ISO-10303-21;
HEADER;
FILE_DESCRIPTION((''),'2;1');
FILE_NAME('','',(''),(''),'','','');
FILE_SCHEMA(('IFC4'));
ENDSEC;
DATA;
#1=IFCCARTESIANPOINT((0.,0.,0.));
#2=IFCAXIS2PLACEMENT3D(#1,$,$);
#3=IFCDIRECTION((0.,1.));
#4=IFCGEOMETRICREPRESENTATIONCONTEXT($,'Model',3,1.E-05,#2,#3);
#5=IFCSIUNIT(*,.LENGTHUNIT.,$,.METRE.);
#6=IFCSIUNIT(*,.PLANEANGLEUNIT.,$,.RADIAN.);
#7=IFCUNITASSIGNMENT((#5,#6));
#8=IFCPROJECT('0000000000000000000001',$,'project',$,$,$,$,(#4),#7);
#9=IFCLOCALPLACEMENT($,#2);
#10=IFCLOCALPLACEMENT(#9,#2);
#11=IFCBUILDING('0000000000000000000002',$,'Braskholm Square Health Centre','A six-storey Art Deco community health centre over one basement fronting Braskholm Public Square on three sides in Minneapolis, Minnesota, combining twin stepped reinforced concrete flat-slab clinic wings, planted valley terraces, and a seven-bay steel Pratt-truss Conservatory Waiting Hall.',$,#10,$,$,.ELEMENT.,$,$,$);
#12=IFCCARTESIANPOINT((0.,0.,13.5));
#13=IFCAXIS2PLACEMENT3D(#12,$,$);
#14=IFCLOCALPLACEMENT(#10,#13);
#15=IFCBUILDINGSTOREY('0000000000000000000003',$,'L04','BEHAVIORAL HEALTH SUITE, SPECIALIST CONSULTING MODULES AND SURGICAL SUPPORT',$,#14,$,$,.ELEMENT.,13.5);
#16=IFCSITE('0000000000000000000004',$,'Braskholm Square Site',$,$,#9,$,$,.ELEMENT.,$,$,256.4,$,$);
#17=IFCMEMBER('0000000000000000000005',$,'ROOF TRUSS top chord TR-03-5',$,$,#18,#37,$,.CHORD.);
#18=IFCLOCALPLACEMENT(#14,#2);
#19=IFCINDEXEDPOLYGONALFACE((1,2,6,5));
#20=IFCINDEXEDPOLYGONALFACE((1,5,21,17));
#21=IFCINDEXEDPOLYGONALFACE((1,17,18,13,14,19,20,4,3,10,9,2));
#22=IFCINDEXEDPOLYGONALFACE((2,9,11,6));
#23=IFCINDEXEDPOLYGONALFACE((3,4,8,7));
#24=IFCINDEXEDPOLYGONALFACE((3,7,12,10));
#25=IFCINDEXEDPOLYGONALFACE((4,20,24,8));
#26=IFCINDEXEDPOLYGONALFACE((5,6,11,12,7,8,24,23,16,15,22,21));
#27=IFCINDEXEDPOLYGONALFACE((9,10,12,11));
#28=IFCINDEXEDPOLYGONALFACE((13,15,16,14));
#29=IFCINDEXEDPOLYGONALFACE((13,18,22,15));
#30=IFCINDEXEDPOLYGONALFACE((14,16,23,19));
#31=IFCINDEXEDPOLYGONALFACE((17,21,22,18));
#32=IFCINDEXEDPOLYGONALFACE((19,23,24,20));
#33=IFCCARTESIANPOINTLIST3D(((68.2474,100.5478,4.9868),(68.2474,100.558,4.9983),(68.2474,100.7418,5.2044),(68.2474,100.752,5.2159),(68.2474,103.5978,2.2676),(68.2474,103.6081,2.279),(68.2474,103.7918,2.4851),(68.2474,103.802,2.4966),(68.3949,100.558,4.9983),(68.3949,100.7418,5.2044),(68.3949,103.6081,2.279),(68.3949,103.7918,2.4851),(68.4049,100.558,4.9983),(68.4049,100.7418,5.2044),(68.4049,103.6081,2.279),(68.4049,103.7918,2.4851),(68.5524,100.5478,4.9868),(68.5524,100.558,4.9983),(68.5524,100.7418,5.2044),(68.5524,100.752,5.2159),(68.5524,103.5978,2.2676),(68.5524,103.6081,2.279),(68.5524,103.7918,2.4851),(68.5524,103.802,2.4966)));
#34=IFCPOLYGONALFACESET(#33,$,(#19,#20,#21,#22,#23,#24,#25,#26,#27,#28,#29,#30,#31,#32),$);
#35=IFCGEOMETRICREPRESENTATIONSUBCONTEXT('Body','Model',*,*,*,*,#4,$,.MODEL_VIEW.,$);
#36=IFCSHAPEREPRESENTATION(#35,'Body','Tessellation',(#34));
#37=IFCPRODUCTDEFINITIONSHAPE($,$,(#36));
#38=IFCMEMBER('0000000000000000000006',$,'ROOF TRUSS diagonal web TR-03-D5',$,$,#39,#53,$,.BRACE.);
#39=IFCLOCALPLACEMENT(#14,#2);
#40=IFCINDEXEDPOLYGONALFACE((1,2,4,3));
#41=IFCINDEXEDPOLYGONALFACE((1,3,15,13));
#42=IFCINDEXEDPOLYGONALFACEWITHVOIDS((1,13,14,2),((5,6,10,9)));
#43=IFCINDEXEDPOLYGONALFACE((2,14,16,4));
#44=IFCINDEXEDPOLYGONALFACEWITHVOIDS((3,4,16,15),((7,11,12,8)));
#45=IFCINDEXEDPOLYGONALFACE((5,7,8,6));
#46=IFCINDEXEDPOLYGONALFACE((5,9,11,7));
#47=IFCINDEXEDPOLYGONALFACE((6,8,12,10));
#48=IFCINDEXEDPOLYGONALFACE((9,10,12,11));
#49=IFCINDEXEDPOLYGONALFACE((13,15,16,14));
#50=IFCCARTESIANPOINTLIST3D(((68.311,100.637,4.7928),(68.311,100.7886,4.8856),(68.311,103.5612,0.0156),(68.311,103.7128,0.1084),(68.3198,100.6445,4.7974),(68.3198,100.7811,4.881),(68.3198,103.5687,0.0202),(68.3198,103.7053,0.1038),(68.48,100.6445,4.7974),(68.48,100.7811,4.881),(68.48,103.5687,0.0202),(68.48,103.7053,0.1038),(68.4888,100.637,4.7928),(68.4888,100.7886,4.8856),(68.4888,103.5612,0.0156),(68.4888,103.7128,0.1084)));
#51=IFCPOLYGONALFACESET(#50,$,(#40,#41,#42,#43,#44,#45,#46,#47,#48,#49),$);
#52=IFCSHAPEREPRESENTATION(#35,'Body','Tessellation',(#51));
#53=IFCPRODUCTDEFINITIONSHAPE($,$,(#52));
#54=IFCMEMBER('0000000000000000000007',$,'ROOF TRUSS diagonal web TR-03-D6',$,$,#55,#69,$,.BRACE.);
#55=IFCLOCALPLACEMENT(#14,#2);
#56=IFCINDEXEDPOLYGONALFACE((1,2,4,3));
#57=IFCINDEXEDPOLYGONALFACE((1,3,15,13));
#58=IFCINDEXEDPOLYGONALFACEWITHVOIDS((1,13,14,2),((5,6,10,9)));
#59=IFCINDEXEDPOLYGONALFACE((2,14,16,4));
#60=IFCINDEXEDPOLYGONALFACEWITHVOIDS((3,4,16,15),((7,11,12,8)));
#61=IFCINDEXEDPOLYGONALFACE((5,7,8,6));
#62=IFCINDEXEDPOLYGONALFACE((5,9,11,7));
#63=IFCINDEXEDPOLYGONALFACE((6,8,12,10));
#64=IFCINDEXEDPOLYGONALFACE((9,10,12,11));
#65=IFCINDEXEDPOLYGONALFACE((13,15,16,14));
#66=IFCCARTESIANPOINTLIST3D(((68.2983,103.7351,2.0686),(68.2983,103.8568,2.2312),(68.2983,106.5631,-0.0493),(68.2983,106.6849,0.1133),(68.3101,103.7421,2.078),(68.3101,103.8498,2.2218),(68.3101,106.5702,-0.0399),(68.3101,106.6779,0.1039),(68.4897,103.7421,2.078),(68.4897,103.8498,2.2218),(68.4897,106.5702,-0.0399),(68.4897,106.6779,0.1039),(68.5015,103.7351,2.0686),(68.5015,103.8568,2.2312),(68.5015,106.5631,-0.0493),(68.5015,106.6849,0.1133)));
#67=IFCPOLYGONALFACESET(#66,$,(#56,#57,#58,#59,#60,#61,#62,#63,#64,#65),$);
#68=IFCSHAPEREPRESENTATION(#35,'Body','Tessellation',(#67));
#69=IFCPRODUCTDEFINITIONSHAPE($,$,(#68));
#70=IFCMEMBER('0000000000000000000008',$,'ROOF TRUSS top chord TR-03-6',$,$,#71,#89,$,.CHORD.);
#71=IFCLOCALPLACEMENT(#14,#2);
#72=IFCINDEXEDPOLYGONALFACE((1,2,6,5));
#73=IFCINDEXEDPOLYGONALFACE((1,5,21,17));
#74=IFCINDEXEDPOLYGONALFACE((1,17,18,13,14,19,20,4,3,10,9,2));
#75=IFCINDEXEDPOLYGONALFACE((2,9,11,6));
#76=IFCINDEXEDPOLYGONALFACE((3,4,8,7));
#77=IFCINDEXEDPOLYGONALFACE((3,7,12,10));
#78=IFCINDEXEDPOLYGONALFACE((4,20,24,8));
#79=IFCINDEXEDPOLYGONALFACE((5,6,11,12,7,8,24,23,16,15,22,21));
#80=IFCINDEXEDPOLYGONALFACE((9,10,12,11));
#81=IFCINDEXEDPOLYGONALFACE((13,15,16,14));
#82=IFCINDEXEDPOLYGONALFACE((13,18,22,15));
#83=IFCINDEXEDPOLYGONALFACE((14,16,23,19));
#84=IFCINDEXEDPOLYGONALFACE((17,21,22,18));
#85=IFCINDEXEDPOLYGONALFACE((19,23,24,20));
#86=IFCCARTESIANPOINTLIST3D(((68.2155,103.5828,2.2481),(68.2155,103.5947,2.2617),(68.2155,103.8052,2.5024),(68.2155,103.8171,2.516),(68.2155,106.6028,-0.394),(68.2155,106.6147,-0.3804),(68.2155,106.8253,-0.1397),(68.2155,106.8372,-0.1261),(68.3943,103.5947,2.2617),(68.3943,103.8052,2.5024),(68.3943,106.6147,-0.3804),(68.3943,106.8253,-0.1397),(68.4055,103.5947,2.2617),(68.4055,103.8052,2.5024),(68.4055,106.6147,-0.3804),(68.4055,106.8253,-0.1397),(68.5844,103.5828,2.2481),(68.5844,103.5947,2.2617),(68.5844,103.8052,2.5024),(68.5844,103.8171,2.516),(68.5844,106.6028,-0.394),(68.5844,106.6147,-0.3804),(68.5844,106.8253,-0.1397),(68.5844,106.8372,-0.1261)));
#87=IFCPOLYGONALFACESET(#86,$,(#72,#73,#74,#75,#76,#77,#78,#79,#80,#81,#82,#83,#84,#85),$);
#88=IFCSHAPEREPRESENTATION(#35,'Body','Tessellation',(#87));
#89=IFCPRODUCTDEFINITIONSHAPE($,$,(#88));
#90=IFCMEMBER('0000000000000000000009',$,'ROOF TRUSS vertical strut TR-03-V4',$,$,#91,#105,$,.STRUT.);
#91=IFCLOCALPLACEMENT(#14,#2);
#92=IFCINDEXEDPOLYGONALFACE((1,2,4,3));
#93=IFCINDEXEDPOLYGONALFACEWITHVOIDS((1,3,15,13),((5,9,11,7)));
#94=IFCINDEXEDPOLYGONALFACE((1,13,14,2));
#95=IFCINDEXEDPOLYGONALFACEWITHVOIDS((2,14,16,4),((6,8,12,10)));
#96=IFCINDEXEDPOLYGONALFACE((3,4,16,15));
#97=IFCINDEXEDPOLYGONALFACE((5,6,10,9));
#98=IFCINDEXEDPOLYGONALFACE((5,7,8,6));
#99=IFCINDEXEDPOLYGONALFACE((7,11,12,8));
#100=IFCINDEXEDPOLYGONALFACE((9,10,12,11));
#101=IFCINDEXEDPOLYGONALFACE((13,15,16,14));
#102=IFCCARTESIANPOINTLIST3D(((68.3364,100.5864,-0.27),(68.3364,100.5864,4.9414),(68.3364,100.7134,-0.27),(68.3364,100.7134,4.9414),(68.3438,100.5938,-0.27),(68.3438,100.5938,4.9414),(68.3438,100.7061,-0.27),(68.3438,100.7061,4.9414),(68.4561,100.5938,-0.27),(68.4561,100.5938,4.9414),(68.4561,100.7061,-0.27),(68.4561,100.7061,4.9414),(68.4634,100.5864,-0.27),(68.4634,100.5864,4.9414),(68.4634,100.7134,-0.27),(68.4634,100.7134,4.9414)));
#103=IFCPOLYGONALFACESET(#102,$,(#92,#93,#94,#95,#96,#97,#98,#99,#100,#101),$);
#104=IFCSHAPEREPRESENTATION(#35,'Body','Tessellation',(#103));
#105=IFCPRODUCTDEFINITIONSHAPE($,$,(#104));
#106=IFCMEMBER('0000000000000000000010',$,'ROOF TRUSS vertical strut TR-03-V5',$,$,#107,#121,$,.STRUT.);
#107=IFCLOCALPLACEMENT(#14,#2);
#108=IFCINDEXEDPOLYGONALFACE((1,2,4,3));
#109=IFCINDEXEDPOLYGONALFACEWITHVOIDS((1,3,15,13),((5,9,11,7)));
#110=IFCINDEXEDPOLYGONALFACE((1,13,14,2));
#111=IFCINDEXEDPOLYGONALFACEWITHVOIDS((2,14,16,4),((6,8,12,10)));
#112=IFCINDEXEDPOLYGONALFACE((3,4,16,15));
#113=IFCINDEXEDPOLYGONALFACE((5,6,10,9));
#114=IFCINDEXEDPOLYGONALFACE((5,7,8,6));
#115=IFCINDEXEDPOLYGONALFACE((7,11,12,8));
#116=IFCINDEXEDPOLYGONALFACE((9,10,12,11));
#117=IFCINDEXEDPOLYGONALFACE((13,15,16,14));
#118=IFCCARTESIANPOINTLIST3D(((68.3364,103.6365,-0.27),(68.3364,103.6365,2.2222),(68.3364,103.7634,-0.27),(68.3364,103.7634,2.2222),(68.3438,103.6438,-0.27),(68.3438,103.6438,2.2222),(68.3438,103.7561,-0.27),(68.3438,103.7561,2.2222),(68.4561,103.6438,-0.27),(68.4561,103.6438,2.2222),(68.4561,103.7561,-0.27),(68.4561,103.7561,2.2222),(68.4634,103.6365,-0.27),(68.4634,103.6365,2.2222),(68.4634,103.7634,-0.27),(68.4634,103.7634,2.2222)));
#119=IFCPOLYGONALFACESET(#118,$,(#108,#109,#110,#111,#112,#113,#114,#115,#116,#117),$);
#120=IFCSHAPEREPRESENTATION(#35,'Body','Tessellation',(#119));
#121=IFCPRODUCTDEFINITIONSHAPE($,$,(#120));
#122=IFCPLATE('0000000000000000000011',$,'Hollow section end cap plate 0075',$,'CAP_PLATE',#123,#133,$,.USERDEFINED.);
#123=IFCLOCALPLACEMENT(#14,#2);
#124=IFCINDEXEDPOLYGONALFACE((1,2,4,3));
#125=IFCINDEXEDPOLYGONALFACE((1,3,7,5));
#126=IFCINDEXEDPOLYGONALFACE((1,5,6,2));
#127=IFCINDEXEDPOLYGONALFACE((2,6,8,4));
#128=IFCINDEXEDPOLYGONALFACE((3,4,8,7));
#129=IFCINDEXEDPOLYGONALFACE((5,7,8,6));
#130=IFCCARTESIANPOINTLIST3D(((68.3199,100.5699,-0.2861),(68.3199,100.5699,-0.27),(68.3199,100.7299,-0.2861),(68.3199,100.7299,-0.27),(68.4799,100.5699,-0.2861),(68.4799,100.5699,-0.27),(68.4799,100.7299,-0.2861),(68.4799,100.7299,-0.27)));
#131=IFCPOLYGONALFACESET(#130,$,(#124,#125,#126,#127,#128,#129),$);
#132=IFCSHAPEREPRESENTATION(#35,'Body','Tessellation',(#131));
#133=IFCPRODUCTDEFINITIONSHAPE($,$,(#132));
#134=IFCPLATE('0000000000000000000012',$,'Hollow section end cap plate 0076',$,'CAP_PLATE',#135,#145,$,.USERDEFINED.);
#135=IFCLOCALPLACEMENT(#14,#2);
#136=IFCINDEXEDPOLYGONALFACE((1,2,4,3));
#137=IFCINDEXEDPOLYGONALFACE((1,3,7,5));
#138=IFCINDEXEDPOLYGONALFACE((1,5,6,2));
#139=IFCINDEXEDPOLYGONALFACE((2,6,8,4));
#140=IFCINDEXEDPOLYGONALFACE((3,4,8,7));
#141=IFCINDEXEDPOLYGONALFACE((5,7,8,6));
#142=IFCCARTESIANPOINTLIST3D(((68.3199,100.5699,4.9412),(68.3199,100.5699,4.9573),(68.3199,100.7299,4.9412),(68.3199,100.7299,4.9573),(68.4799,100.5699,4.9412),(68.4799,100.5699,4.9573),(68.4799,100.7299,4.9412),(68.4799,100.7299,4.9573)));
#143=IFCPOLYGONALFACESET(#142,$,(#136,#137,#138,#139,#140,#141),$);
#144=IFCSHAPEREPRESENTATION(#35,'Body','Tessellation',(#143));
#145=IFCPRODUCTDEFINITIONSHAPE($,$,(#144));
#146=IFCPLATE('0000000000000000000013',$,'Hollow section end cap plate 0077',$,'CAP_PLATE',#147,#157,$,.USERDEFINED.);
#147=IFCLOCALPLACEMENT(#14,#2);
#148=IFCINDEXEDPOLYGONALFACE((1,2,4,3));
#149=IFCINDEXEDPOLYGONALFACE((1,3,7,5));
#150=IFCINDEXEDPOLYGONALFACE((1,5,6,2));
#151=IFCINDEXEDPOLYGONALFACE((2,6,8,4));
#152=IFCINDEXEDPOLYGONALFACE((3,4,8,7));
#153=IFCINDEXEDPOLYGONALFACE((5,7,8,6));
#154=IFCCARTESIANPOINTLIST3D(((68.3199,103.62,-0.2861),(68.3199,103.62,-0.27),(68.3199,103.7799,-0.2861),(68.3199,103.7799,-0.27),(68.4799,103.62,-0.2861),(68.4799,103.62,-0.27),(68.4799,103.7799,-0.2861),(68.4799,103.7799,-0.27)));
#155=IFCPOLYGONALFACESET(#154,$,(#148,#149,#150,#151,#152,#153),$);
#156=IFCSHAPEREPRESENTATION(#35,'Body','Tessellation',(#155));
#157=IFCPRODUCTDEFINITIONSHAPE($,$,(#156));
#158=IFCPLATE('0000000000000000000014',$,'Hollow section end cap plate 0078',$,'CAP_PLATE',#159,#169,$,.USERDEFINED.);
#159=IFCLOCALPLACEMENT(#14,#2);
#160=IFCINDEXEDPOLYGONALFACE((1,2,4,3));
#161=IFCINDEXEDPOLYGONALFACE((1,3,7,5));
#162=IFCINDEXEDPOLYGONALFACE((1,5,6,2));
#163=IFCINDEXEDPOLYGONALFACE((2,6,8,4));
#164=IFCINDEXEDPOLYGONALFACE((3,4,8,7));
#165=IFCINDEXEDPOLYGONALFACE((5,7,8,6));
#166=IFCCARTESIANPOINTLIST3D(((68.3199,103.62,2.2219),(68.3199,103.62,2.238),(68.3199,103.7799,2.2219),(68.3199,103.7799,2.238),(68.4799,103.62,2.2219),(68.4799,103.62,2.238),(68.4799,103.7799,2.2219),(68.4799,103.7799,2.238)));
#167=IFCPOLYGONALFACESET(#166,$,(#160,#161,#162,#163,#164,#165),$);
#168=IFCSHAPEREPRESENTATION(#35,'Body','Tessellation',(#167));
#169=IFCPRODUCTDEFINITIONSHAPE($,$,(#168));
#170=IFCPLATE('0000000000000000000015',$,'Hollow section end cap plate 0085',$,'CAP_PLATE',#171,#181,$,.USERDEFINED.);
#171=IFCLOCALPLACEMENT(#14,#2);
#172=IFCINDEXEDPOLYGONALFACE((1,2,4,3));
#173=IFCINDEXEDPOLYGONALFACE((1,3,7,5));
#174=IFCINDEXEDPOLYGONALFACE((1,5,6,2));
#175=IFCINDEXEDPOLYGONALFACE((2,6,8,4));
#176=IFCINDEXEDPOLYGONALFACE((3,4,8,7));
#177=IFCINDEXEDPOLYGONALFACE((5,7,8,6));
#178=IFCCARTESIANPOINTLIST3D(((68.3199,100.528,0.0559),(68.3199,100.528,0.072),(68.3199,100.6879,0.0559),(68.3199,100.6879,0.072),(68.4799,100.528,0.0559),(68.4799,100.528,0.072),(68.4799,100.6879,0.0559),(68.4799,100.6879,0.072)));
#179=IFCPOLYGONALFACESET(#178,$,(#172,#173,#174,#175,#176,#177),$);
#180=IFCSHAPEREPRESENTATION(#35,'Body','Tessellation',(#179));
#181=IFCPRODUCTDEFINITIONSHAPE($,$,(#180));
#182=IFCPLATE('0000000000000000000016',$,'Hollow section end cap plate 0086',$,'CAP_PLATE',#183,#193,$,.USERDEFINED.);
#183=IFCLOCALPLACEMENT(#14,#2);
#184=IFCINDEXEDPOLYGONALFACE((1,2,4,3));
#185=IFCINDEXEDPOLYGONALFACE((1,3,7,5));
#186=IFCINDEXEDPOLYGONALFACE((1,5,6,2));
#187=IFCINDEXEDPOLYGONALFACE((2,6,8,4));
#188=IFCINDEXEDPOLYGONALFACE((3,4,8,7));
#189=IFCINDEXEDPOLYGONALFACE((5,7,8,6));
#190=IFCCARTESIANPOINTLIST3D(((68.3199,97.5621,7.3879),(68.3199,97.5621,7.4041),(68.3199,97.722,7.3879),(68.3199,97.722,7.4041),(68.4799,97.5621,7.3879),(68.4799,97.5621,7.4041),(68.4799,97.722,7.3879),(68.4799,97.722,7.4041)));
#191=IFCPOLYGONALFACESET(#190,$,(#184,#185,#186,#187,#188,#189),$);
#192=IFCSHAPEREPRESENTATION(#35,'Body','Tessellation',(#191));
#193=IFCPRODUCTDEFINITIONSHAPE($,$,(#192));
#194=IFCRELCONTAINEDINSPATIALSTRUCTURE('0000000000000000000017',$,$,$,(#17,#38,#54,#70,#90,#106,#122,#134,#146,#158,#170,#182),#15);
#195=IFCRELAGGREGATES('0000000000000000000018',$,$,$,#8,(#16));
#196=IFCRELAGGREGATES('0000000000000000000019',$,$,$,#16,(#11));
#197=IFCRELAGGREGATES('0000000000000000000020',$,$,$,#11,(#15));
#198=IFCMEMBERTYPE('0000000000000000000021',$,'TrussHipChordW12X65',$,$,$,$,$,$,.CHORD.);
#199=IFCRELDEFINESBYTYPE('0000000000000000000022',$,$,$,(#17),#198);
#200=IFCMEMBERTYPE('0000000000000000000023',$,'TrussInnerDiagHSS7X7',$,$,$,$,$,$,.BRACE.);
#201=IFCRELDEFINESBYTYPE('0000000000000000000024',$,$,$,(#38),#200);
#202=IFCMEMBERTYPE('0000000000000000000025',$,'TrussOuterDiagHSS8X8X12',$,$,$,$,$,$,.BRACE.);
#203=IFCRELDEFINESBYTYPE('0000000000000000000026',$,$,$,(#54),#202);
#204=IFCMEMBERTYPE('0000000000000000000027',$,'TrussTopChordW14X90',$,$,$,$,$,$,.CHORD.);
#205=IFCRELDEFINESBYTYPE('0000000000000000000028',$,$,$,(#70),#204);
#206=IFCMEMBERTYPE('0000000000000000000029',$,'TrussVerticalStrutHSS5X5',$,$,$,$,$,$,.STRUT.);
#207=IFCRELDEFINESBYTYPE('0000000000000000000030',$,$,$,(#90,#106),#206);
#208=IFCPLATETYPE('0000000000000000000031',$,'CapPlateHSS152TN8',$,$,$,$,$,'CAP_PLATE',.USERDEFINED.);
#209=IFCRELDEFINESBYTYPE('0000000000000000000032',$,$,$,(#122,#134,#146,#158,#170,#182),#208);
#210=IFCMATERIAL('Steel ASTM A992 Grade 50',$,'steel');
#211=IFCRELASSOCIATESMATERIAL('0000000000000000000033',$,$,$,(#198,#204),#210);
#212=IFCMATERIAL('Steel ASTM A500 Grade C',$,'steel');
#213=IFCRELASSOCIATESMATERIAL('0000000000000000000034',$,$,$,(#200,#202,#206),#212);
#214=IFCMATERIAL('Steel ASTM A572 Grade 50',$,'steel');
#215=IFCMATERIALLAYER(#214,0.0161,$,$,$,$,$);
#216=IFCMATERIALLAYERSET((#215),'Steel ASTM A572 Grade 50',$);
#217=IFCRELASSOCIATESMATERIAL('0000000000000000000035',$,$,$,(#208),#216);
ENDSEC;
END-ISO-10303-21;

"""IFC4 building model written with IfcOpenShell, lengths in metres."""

from ifc_helpers import new_model, si_unit, direction, frame, origin, origin_2d, place, context, subcontext, project, spatial, rectangle, hollow_rectangle, i_section, extrude, material, layer, layer_set, material_profile, profile_set, type_object, element, save


model = new_model("IFC4")

# Units and contexts
model_context = context("Model", 3, precision=1e-05, world=origin(), true_north=direction((0.0, 1.0)))
body_context = subcontext(model_context, "Body", "Model", "MODEL_VIEW")
ifc_project = project(units=[si_unit("LENGTHUNIT", "METRE"), si_unit("PLANEANGLEUNIT", "RADIAN")], contexts=[model_context])

# Site, building, storey
site_placement = place(None, origin())
site = spatial("IfcSite", under=ifc_project, at=site_placement, Name="Braskholm Square Site", CompositionType="ELEMENT", RefElevation=256.4)
building_placement = place(site_placement, origin())
building = spatial("IfcBuilding", under=site, at=building_placement, Name="Braskholm Square Health Centre", Description="A six-storey Art Deco community health centre over one basement fronting Braskholm Public Square on three sides in Minneapolis, Minnesota, combining twin stepped reinforced concrete flat-slab clinic wings, planted valley terraces, and a seven-bay steel Pratt-truss Conservatory Waiting Hall.", CompositionType="ELEMENT")
storey_placement = place(building_placement, frame((0.0, 0.0, 13.5)))
storey = spatial("IfcBuildingStorey", under=building, at=storey_placement, Name="L04", Description="BEHAVIORAL HEALTH SUITE, SPECIALIST CONSULTING MODULES AND SURGICAL SUPPORT", CompositionType="ELEMENT", Elevation=13.5)

# Shared definitions
ifc_material_1 = material(Name="Steel ASTM A992 Grade 50", Category="steel")

# Shared definitions
ifc_material_2 = material(Name="Steel ASTM A500 Grade C", Category="steel")

# Members
ifc_material_profile_1 = material_profile(ifc_material_1, i_section(OverallWidth=0.3049, OverallDepth=0.3069, WebThickness=0.01, FlangeThickness=0.0154, at=origin_2d()), Name="W12X65")
ifc_profile_set_1 = profile_set([ifc_material_profile_1], Name="Steel ASTM A992 Grade 50")
member_type_1 = type_object("IfcMemberType", Name="TrussHipChordW12X65", PredefinedType="CHORD", material=ifc_profile_set_1)
member_1_placement = place(storey_placement, frame((68.3999, 100.6499, 5.1013), z_axis=(0.0, 0.746426, -0.665468), x_axis=(-1.0, 0.0, 0.0)))
element("IfcMember", 1, at=member_1_placement, inside=storey, type_object=member_type_1, Name="ROOF TRUSS top chord TR-03-5", PredefinedType="CHORD", context=body_context, shape_type="SweptSolid", body=[
    extrude(i_section(OverallWidth=0.3049, OverallDepth=0.3069, WebThickness=0.01, FlangeThickness=0.0154, at=origin_2d()), origin(), (0.0, 0.0, 1.0), 4.0862),
])
ifc_material_profile_2 = material_profile(ifc_material_2, hollow_rectangle(XDim=0.1777, YDim=0.1777, WallThickness=0.0088, at=origin_2d()), Name="HSS7X7X3/8")
ifc_profile_set_2 = profile_set([ifc_material_profile_2], Name="Steel ASTM A500 Grade C")
member_type_2 = type_object("IfcMemberType", Name="TrussInnerDiagHSS7X7", PredefinedType="BRACE", material=ifc_profile_set_2)
member_2_placement = place(storey_placement, frame((68.3999, 103.637, 0.062), z_axis=(0.0, -0.522065, 0.852906), x_axis=(1.0, 0.0, 0.0)))
element("IfcMember", 2, at=member_2_placement, inside=storey, type_object=member_type_2, Name="ROOF TRUSS diagonal web TR-03-D5", PredefinedType="BRACE", context=body_context, shape_type="SweptSolid", body=[
    extrude(hollow_rectangle(XDim=0.1777, YDim=0.1777, WallThickness=0.0088, at=origin_2d()), origin(), (0.0, 0.0, 1.0), 5.6011),
])
ifc_material_profile_3 = material_profile(ifc_material_2, hollow_rectangle(XDim=0.2031, YDim=0.2031, WallThickness=0.0117, at=origin_2d()), Name="HSS8X8X1/2")
ifc_profile_set_3 = profile_set([ifc_material_profile_3], Name="Steel ASTM A500 Grade C")
member_type_3 = type_object("IfcMemberType", Name="TrussOuterDiagHSS8X8X12", PredefinedType="BRACE", material=ifc_profile_set_3)
member_3_placement = place(storey_placement, frame((68.3999, 106.624, 0.032), z_axis=(0.0, -0.800431, 0.599425), x_axis=(1.0, 0.0, 0.0)))
element("IfcMember", 3, at=member_3_placement, inside=storey, type_object=member_type_3, Name="ROOF TRUSS diagonal web TR-03-D6", PredefinedType="BRACE", context=body_context, shape_type="SweptSolid", body=[
    extrude(hollow_rectangle(XDim=0.2031, YDim=0.2031, WallThickness=0.0117, at=origin_2d()), origin(), (0.0, 0.0, 1.0), 3.5332),
])
ifc_material_profile_4 = material_profile(ifc_material_1, i_section(OverallWidth=0.3689, OverallDepth=0.356, WebThickness=0.0112, FlangeThickness=0.0181, at=origin_2d()), Name="W14X90")
ifc_profile_set_4 = profile_set([ifc_material_profile_4], Name="Steel ASTM A992 Grade 50")
member_type_4 = type_object("IfcMemberType", Name="TrussTopChordW14X90", PredefinedType="CHORD", material=ifc_profile_set_4)
member_4_placement = place(storey_placement, frame((68.3999, 103.7, 2.3821), z_axis=(0.0, 0.752629, -0.658444), x_axis=(-1.0, 0.0, 0.0)))
element("IfcMember", 4, at=member_4_placement, inside=storey, type_object=member_type_4, Name="ROOF TRUSS top chord TR-03-6", PredefinedType="CHORD", context=body_context, shape_type="SweptSolid", body=[
    extrude(i_section(OverallWidth=0.3689, OverallDepth=0.356, WebThickness=0.0112, FlangeThickness=0.0181, at=origin_2d()), origin(), (0.0, 0.0, 1.0), 4.0127),
])
ifc_material_profile_5 = material_profile(ifc_material_2, hollow_rectangle(XDim=0.127, YDim=0.127, WallThickness=0.0073, at=origin_2d()), Name="HSS5X5X5/16")
ifc_profile_set_5 = profile_set([ifc_material_profile_5], Name="Steel ASTM A500 Grade C")
member_type_5 = type_object("IfcMemberType", Name="TrussVerticalStrutHSS5X5", PredefinedType="STRUT", material=ifc_profile_set_5)
member_5_placement = place(storey_placement, frame((68.3999, 100.6499, -0.27), z_axis=(0.0, 0.0, 1.0), x_axis=(1.0, 0.0, 0.0)))
element("IfcMember", 5, at=member_5_placement, inside=storey, type_object=member_type_5, Name="ROOF TRUSS vertical strut TR-03-V4", PredefinedType="STRUT", context=body_context, shape_type="SweptSolid", body=[
    extrude(hollow_rectangle(XDim=0.127, YDim=0.127, WallThickness=0.0073, at=origin_2d()), origin(), (0.0, 0.0, 1.0), 5.2114),
])
member_6_placement = place(storey_placement, frame((68.3999, 103.7, -0.27), z_axis=(0.0, 0.0, 1.0), x_axis=(1.0, 0.0, 0.0)))
element("IfcMember", 6, at=member_6_placement, inside=storey, type_object=member_type_5, Name="ROOF TRUSS vertical strut TR-03-V5", PredefinedType="STRUT", context=body_context, shape_type="SweptSolid", body=[
    extrude(hollow_rectangle(XDim=0.127, YDim=0.127, WallThickness=0.0073, at=origin_2d()), origin(), (0.0, 0.0, 1.0), 2.4922),
])

# Plates
ifc_material_3 = material(Name="Steel ASTM A572 Grade 50", Category="steel")
ifc_layer_1 = layer(ifc_material_3, 0.0161)
ifc_layer_set_1 = layer_set([ifc_layer_1], Name="Steel ASTM A572 Grade 50")
plate_type_1 = type_object("IfcPlateType", Name="CapPlateHSS152TN8", ElementType="CAP_PLATE", PredefinedType="USERDEFINED", material=ifc_layer_set_1)
for number, where, z_axis, x_axis, name in (
    (7, (68.3999, 100.6499, -0.2861), (0.0, 0.0, 1.0), (1.0, 0.0, 0.0), "Hollow section end cap plate 0075"),
    (8, (68.3999, 100.6499, 4.9412), (0.0, 0.0, 1.0), (1.0, 0.0, 0.0), "Hollow section end cap plate 0076"),
    (9, (68.3999, 103.7, -0.2861), (0.0, 0.0, 1.0), (1.0, 0.0, 0.0), "Hollow section end cap plate 0077"),
    (10, (68.3999, 103.7, 2.2219), (0.0, 0.0, 1.0), (1.0, 0.0, 0.0), "Hollow section end cap plate 0078"),
    (11, (68.3999, 100.6079, 0.0559), (0.0, 0.0, 1.0), (1.0, 0.0, 0.0), "Hollow section end cap plate 0085"),
    (12, (68.3999, 97.6421, 7.3879), (0.0, 0.0, 1.0), (1.0, 0.0, 0.0), "Hollow section end cap plate 0086"),
):
    element("IfcPlate", number, at=place(storey_placement, frame(where, z_axis=z_axis, x_axis=x_axis)), inside=storey, type_object=plate_type_1, Name=name, ObjectType="CAP_PLATE", PredefinedType="USERDEFINED", context=body_context, shape_type="SweptSolid", body=[
        extrude(rectangle(XDim=0.1599, YDim=0.1599, at=origin_2d()), origin(), (0.0, 0.0, 1.0), 0.0161),
    ])

save(model, "model.ifc")
